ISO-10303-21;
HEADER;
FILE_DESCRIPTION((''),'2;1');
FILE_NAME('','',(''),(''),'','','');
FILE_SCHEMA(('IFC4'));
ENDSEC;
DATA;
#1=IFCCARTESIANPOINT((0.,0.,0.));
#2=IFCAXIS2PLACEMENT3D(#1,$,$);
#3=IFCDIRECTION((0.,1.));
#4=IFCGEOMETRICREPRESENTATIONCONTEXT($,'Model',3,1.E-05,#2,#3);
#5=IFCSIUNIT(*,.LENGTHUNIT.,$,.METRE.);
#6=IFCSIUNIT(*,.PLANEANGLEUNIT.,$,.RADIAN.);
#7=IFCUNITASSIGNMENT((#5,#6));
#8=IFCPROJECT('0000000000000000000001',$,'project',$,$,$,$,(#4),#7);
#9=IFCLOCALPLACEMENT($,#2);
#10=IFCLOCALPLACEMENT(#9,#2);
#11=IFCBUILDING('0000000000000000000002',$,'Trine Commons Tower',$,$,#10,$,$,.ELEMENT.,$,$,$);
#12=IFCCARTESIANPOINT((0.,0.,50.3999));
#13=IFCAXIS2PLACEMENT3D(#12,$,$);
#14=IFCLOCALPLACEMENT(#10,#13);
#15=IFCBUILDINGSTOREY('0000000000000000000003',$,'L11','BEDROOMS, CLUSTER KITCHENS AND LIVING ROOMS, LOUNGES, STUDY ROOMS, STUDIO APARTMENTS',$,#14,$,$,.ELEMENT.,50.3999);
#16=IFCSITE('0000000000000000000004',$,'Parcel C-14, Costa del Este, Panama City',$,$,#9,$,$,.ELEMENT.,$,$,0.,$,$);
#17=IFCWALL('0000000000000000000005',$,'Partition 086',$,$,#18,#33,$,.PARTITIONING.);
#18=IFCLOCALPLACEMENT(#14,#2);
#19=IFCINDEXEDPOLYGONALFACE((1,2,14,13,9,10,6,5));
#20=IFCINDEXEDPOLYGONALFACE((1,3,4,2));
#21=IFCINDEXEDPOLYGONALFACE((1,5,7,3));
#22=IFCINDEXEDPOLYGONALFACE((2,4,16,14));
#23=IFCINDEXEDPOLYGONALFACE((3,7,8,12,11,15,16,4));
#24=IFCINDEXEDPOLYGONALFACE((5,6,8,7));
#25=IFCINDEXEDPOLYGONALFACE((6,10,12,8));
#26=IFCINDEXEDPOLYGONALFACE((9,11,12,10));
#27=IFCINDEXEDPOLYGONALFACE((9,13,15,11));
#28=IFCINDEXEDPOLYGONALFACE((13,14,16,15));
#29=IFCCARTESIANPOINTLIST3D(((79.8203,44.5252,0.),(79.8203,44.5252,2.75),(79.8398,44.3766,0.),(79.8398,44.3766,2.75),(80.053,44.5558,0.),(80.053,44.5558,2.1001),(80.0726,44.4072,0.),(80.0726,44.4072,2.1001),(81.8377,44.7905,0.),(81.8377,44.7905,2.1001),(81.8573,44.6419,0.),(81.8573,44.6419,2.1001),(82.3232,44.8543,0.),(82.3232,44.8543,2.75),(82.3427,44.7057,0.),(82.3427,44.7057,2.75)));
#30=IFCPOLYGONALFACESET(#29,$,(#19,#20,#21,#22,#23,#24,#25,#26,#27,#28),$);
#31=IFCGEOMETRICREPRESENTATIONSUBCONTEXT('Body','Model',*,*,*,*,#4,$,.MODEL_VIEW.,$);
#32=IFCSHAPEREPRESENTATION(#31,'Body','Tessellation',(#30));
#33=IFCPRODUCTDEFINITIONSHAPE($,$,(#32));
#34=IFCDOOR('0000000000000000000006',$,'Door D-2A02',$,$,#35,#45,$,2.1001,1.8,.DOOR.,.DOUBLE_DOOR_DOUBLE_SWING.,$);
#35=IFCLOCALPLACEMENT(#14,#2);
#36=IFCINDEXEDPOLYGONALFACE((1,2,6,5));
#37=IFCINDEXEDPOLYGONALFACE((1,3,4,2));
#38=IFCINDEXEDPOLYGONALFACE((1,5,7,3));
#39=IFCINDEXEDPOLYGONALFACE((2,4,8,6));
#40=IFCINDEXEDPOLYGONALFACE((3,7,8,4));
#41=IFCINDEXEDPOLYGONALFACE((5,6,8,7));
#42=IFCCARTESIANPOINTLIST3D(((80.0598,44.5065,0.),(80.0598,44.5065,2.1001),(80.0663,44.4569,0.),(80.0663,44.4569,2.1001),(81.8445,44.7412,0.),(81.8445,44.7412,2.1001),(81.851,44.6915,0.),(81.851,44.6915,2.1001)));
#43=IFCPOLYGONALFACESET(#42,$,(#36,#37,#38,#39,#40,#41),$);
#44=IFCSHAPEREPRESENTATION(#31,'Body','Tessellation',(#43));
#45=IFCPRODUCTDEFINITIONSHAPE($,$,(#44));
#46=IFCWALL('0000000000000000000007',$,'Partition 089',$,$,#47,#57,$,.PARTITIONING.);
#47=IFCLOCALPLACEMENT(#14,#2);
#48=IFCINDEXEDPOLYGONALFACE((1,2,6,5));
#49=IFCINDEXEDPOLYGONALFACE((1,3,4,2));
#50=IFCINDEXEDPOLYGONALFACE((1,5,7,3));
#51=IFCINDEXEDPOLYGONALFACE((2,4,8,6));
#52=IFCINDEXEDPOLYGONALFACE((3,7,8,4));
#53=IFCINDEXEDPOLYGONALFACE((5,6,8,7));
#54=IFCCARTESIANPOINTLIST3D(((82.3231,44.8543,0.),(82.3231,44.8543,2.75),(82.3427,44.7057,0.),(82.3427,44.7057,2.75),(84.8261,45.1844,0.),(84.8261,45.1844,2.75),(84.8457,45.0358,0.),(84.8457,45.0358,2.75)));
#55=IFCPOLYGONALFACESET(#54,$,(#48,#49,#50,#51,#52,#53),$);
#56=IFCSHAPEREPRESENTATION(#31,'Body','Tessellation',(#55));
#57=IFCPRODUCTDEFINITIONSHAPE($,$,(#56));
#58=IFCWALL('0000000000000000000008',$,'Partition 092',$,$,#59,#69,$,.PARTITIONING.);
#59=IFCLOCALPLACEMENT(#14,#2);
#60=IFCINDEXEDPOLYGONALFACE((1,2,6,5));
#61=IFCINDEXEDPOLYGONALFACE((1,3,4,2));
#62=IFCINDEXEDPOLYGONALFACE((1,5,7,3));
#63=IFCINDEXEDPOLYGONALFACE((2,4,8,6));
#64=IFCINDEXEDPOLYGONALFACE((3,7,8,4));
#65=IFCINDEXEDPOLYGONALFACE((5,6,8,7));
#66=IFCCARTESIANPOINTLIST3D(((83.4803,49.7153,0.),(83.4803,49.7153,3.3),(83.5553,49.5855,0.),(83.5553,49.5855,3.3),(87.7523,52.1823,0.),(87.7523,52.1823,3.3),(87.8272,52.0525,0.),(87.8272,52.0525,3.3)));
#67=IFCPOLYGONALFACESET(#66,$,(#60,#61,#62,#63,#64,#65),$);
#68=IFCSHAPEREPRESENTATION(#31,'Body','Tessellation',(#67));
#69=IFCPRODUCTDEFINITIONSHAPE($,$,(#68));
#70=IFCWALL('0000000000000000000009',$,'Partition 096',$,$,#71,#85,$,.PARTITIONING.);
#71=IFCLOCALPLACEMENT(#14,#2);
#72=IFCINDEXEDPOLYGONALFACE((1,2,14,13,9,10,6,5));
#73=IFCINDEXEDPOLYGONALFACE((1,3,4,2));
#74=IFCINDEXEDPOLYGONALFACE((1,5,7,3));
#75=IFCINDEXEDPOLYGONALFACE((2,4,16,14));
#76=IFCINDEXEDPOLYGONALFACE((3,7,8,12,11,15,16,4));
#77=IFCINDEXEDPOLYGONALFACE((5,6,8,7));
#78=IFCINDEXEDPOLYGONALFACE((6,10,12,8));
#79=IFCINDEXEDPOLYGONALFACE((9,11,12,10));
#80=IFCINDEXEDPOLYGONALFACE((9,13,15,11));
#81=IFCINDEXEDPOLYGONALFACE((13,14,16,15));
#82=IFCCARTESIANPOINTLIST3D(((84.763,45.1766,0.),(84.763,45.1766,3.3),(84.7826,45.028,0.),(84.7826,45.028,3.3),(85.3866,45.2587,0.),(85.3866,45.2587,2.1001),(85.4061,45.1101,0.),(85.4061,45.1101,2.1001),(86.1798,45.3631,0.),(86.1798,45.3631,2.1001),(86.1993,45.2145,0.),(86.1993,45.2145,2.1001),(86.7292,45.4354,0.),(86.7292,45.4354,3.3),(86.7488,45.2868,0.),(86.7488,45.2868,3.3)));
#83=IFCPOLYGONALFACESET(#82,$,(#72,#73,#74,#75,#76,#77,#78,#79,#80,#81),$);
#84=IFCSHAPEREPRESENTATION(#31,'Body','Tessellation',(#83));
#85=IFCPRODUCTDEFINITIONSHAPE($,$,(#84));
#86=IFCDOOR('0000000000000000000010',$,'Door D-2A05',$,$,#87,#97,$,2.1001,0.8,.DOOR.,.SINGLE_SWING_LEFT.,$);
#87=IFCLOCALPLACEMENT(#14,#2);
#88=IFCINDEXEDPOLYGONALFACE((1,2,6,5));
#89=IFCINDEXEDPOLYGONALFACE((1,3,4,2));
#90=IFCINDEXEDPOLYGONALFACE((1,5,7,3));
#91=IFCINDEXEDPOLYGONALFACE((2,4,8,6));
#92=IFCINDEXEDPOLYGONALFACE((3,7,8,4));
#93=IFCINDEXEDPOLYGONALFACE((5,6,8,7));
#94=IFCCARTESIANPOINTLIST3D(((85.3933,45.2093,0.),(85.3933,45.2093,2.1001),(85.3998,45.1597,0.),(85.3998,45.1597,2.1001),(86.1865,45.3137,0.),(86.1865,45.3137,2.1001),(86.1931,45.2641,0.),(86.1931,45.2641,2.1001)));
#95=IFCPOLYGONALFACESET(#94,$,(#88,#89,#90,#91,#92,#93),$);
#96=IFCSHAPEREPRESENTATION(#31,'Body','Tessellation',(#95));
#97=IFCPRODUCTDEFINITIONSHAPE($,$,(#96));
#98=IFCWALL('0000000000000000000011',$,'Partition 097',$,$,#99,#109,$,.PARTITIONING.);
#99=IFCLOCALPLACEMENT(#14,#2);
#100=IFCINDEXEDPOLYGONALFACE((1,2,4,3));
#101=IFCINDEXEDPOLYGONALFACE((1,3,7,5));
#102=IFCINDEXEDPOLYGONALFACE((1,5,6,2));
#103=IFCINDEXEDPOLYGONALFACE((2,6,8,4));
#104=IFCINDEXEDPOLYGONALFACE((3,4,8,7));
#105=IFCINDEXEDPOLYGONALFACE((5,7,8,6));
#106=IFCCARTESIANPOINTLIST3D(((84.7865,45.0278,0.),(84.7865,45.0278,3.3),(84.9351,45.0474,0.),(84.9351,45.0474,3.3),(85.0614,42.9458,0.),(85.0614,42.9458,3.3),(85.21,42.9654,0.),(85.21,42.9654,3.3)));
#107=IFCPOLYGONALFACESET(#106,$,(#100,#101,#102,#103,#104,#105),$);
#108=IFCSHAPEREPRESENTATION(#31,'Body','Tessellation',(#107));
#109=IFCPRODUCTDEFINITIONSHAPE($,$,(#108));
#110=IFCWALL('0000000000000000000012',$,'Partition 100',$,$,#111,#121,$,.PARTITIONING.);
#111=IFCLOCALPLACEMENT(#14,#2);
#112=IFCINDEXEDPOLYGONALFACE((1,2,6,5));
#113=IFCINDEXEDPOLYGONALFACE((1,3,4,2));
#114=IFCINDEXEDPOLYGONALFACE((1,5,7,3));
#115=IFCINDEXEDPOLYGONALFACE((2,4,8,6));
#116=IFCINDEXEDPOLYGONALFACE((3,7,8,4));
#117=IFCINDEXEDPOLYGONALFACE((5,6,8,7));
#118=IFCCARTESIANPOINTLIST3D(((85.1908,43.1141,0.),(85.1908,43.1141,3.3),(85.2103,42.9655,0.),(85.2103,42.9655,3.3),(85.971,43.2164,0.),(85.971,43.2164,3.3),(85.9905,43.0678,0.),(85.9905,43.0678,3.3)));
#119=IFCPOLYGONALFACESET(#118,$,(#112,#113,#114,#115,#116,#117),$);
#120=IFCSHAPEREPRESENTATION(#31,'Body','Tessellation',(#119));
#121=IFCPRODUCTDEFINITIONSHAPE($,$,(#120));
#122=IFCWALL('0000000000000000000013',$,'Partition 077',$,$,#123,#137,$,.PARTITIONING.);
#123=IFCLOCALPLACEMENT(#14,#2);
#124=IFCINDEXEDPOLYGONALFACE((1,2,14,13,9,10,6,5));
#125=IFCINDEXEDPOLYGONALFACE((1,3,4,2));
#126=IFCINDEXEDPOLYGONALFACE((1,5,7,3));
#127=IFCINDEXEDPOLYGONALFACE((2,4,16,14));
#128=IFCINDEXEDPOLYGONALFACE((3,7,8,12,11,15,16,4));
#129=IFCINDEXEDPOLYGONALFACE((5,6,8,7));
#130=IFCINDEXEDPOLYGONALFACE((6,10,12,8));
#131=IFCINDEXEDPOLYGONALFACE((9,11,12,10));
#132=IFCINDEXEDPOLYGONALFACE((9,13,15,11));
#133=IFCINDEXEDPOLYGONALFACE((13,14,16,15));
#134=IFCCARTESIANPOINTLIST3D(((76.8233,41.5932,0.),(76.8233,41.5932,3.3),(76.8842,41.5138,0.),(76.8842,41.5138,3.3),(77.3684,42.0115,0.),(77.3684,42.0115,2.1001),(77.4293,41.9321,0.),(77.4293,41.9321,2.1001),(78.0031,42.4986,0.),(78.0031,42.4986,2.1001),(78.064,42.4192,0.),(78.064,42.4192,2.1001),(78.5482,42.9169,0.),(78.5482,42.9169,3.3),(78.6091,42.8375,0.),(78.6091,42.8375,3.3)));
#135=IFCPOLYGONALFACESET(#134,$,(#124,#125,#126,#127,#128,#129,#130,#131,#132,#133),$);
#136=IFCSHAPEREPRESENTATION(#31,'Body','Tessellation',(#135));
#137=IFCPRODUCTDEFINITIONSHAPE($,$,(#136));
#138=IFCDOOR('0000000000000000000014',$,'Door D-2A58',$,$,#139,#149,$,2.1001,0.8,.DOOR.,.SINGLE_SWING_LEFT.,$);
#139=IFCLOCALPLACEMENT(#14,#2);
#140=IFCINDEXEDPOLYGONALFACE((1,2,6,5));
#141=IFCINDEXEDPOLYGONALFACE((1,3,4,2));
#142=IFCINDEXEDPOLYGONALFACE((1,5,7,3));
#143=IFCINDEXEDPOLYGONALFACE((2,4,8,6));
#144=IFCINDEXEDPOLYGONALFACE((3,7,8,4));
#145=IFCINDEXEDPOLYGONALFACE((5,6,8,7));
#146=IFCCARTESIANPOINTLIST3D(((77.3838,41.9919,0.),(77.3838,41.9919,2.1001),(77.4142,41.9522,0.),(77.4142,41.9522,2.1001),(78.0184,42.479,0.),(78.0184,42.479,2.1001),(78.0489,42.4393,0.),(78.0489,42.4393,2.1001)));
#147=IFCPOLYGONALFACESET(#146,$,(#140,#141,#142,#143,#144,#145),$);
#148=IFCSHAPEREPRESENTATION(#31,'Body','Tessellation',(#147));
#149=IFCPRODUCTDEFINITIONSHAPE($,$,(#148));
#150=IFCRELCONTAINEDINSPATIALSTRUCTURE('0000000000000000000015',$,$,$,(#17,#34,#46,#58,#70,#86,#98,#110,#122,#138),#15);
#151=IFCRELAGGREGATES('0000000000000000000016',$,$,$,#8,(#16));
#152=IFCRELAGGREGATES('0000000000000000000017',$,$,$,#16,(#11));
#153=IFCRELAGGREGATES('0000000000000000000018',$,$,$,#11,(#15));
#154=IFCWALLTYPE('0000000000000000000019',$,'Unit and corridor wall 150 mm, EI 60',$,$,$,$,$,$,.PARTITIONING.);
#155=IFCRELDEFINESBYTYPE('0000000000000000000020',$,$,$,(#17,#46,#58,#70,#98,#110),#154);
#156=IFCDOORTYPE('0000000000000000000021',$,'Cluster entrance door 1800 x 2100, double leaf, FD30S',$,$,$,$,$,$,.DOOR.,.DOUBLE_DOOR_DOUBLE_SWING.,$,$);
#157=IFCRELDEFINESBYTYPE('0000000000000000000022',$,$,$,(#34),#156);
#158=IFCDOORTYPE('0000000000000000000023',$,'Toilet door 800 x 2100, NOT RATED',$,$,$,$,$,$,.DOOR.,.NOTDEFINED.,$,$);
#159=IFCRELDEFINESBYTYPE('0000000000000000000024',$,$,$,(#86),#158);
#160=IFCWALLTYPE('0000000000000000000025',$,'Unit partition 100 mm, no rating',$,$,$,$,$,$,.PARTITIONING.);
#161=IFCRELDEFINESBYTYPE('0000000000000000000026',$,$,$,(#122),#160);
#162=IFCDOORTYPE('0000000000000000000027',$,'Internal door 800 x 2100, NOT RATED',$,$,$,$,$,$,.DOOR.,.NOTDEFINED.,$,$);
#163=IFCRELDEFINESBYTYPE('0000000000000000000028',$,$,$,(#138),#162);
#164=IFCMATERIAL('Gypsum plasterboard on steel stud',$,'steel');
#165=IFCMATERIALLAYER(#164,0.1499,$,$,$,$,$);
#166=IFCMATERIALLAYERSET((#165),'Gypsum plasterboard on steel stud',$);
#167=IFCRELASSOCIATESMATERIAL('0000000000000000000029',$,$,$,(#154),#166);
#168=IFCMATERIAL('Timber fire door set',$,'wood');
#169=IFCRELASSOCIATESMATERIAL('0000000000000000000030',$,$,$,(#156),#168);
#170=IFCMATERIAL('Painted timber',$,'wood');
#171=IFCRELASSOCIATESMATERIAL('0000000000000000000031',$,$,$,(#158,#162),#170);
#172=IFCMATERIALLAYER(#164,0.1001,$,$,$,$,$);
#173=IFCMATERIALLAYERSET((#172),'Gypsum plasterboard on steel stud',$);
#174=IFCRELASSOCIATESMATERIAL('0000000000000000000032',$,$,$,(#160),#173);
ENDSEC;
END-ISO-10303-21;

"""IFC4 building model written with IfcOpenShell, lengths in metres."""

from ifc_helpers import new_model, si_unit, direction, frame, frame_2d, origin, place, context, subcontext, project, spatial, rectangle, extrude, material, layer, layer_set, type_object, element, fill, save


model = new_model("IFC4")

# Units and contexts
model_context = context("Model", 3, precision=1e-05, world=origin(), true_north=direction((0.0, 1.0)))
body_context = subcontext(model_context, "Body", "Model", "MODEL_VIEW")
ifc_project = project(units=[si_unit("LENGTHUNIT", "METRE"), si_unit("PLANEANGLEUNIT", "RADIAN")], contexts=[model_context])

# Site, building, storey
site_placement = place(None, origin())
site = spatial("IfcSite", under=ifc_project, at=site_placement, Name="Parcel C-14, Costa del Este, Panama City", CompositionType="ELEMENT", RefElevation=0.0)
building_placement = place(site_placement, origin())
building = spatial("IfcBuilding", under=site, at=building_placement, Name="Trine Commons Tower", CompositionType="ELEMENT")
storey_placement = place(building_placement, frame((0.0, 0.0, 50.3999)))
storey = spatial("IfcBuildingStorey", under=building, at=storey_placement, Name="L11", Description="BEDROOMS, CLUSTER KITCHENS AND LIVING ROOMS, LOUNGES, STUDY ROOMS, STUDIO APARTMENTS", CompositionType="ELEMENT", Elevation=50.3999)

# Shared definitions
ifc_material_1 = material(Name="Gypsum plasterboard on steel stud", Category="steel")
ifc_layer_1 = layer(ifc_material_1, 0.1499)
ifc_layer_set_1 = layer_set([ifc_layer_1], Name="Gypsum plasterboard on steel stud")
wall_type_1 = type_object("IfcWallType", Name="Unit and corridor wall 150 mm, EI 60", PredefinedType="PARTITIONING", material=ifc_layer_set_1)

# Wall, opening, door
ifc_material_2 = material(Name="Timber fire door set", Category="wood")
wall_1_placement = place(storey_placement, frame((79.8301, 44.4509, 0.0), z_axis=(0.0, 0.0, 1.0), x_axis=(0.991466, 0.130364, 0.0)))
wall_1 = element("IfcWall", 1, at=wall_1_placement, inside=storey, type_object=wall_type_1, Name="Partition 086", PredefinedType="PARTITIONING", context=body_context, shape_type="SweptSolid", body=[
    extrude(rectangle(XDim=2.5244, YDim=0.1499, at=frame_2d((1.2622, 0.0))), origin(), (0.0, 0.0, 1.0), 2.75),
])
opening_1_placement = place(wall_1_placement, frame((0.2349, 0.0, 0.0)))
opening_1 = element("IfcOpeningElement", 2, at=opening_1_placement, cuts=wall_1, PredefinedType="OPENING", context=body_context, shape_type="SweptSolid", body=[
    extrude(rectangle(XDim=1.8, YDim=2.1001, at=frame_2d((0.8999, 1.05))), frame((0.0, 0.085, 0.0), z_axis=(0.0, -1.0, 0.0), x_axis=(1.0, 0.0, 0.0)), (0.0, 0.0, 1.0), 0.1699),
])
door_type_1 = type_object("IfcDoorType", Name="Cluster entrance door 1800 x 2100, double leaf, FD30S", OperationType="DOUBLE_DOOR_DOUBLE_SWING", PredefinedType="DOOR", material=ifc_material_2)
door_1_placement = place(opening_1_placement, frame((1.8, 0.0, 0.0), z_axis=(0.0, 0.0, 1.0), x_axis=(-1.0, 0.0, 0.0)))
door_1 = element("IfcDoor", 3, at=door_1_placement, inside=storey, type_object=door_type_1, Name="Door D-2A02", OperationType="DOUBLE_DOOR_DOUBLE_SWING", OverallHeight=2.1001, OverallWidth=1.8, PredefinedType="DOOR", context=body_context, shape_type="SweptSolid", body=[
    extrude(rectangle(XDim=1.8, YDim=2.1001, at=frame_2d((0.8999, 1.05))), frame((0.0, 0.0249, 0.0), z_axis=(0.0, -1.0, 0.0), x_axis=(1.0, 0.0, 0.0)), (0.0, 0.0, 1.0), 0.05),
])
fill(opening_1, door_1)

# Walls
wall_2_placement = place(storey_placement, frame((82.333, 44.78, 0.0), z_axis=(0.0, 0.0, 1.0), x_axis=(0.991416, 0.130745, 0.0)))
element("IfcWall", 4, at=wall_2_placement, inside=storey, type_object=wall_type_1, Name="Partition 089", PredefinedType="PARTITIONING", context=body_context, shape_type="SweptSolid", body=[
    extrude(rectangle(XDim=2.5247, YDim=0.1499, at=frame_2d((1.2622, 0.0))), origin(), (0.0, 0.0, 1.0), 2.75),
])
wall_3_placement = place(storey_placement, frame((83.5178, 49.6504, 0.0), z_axis=(0.0, 0.0, 1.0), x_axis=(0.865971, 0.500094, 0.0)))
element("IfcWall", 5, at=wall_3_placement, inside=storey, type_object=wall_type_1, Name="Partition 092", PredefinedType="PARTITIONING", context=body_context, shape_type="SweptSolid", body=[
    extrude(rectangle(XDim=4.9331, YDim=0.1499, at=frame_2d((2.4666, 0.0))), origin(), (0.0, 0.0, 1.0), 3.3),
])

# Wall, opening, door
wall_4_placement = place(storey_placement, frame((84.7727, 45.1023, 0.0), z_axis=(0.0, 0.0, 1.0), x_axis=(0.99145, 0.130486, 0.0)))
wall_4 = element("IfcWall", 6, at=wall_4_placement, inside=storey, type_object=wall_type_1, Name="Partition 096", PredefinedType="PARTITIONING", context=body_context, shape_type="SweptSolid", body=[
    extrude(rectangle(XDim=1.9832, YDim=0.1499, at=frame_2d((0.9917, 0.0))), origin(), (0.0, 0.0, 1.0), 3.3),
])
opening_2_placement = place(wall_4_placement, frame((0.6292, 0.0, 0.0)))
opening_2 = element("IfcOpeningElement", 7, at=opening_2_placement, cuts=wall_4, PredefinedType="OPENING", context=body_context, shape_type="SweptSolid", body=[
    extrude(rectangle(XDim=0.8, YDim=2.1001, at=frame_2d((0.3999, 1.05))), frame((0.0, 0.085, 0.0), z_axis=(0.0, -1.0, 0.0), x_axis=(1.0, 0.0, 0.0)), (0.0, 0.0, 1.0), 0.1699),
])
ifc_material_3 = material(Name="Painted timber", Category="wood")
door_type_2 = type_object("IfcDoorType", Name="Toilet door 800 x 2100, NOT RATED", OperationType="NOTDEFINED", PredefinedType="DOOR", material=ifc_material_3)
door_2_placement = place(opening_2_placement, frame((0.8, 0.0, 0.0), z_axis=(0.0, 0.0, 1.0), x_axis=(-1.0, 0.0, 0.0)))
door_2 = element("IfcDoor", 8, at=door_2_placement, inside=storey, type_object=door_type_2, Name="Door D-2A05", OperationType="SINGLE_SWING_LEFT", OverallHeight=2.1001, OverallWidth=0.8, PredefinedType="DOOR", context=body_context, shape_type="SweptSolid", body=[
    extrude(rectangle(XDim=0.8, YDim=2.1001, at=frame_2d((0.3999, 1.05))), frame((0.0, 0.0249, 0.0), z_axis=(0.0, -1.0, 0.0), x_axis=(1.0, 0.0, 0.0)), (0.0, 0.0, 1.0), 0.05),
])
fill(opening_2, door_2)

# Walls
wall_5_placement = place(storey_placement, frame((84.8608, 45.0376, 0.0), z_axis=(0.0, 0.0, 1.0), x_axis=(0.1309, -0.991396, 0.0)))
element("IfcWall", 9, at=wall_5_placement, inside=storey, type_object=wall_type_1, Name="Partition 097", PredefinedType="PARTITIONING", context=body_context, shape_type="SweptSolid", body=[
    extrude(rectangle(XDim=2.1001, YDim=0.1499, at=frame_2d((1.05, 0.0))), origin(), (0.0, 0.0, 1.0), 3.3),
])
wall_6_placement = place(storey_placement, frame((85.2004, 43.0398, 0.0), z_axis=(0.0, 0.0, 1.0), x_axis=(0.991515, 0.129989, 0.0)))
element("IfcWall", 10, at=wall_6_placement, inside=storey, type_object=wall_type_1, Name="Partition 100", PredefinedType="PARTITIONING", context=body_context, shape_type="SweptSolid", body=[
    extrude(rectangle(XDim=0.7869, YDim=0.1499, at=frame_2d((0.3936, 0.0))), origin(), (0.0, 0.0, 1.0), 3.3),
])

# Wall, opening, door
ifc_layer_2 = layer(ifc_material_1, 0.1001)
ifc_layer_set_2 = layer_set([ifc_layer_2], Name="Gypsum plasterboard on steel stud")
wall_type_2 = type_object("IfcWallType", Name="Unit partition 100 mm, no rating", PredefinedType="PARTITIONING", material=ifc_layer_set_2)
wall_7_placement = place(storey_placement, frame((76.8538, 41.5535, 0.0), z_axis=(0.0, 0.0, 1.0), x_axis=(0.793308, 0.60882, 0.0)))
wall_7 = element("IfcWall", 11, at=wall_7_placement, inside=storey, type_object=wall_type_2, Name="Partition 077", PredefinedType="PARTITIONING", context=body_context, shape_type="SweptSolid", body=[
    extrude(rectangle(XDim=2.1743, YDim=0.1001, at=frame_2d((1.0872, 0.0))), origin(), (0.0, 0.0, 1.0), 3.3),
])
opening_3_placement = place(wall_7_placement, frame((0.6873, 0.0, 0.0)))
opening_3 = element("IfcOpeningElement", 12, at=opening_3_placement, cuts=wall_7, PredefinedType="OPENING", context=body_context, shape_type="SweptSolid", body=[
    extrude(rectangle(XDim=0.8, YDim=2.1001, at=frame_2d((0.3999, 1.05))), frame((0.0, 0.0601, 0.0), z_axis=(0.0, -1.0, 0.0), x_axis=(1.0, 0.0, 0.0)), (0.0, 0.0, 1.0), 0.1201),
])
door_type_3 = type_object("IfcDoorType", Name="Internal door 800 x 2100, NOT RATED", OperationType="NOTDEFINED", PredefinedType="DOOR", material=ifc_material_3)
door_3_placement = place(opening_3_placement, frame((0.8, 0.0, 0.0), z_axis=(0.0, 0.0, 1.0), x_axis=(-1.0, 0.0, 0.0)))
door_3 = element("IfcDoor", 13, at=door_3_placement, inside=storey, type_object=door_type_3, Name="Door D-2A58", OperationType="SINGLE_SWING_LEFT", OverallHeight=2.1001, OverallWidth=0.8, PredefinedType="DOOR", context=body_context, shape_type="SweptSolid", body=[
    extrude(rectangle(XDim=0.8, YDim=2.1001, at=frame_2d((0.3999, 1.05))), frame((0.0, 0.0249, 0.0), z_axis=(0.0, -1.0, 0.0), x_axis=(1.0, 0.0, 0.0)), (0.0, 0.0, 1.0), 0.05),
])
fill(opening_3, door_3)

save(model, "model.ifc")
